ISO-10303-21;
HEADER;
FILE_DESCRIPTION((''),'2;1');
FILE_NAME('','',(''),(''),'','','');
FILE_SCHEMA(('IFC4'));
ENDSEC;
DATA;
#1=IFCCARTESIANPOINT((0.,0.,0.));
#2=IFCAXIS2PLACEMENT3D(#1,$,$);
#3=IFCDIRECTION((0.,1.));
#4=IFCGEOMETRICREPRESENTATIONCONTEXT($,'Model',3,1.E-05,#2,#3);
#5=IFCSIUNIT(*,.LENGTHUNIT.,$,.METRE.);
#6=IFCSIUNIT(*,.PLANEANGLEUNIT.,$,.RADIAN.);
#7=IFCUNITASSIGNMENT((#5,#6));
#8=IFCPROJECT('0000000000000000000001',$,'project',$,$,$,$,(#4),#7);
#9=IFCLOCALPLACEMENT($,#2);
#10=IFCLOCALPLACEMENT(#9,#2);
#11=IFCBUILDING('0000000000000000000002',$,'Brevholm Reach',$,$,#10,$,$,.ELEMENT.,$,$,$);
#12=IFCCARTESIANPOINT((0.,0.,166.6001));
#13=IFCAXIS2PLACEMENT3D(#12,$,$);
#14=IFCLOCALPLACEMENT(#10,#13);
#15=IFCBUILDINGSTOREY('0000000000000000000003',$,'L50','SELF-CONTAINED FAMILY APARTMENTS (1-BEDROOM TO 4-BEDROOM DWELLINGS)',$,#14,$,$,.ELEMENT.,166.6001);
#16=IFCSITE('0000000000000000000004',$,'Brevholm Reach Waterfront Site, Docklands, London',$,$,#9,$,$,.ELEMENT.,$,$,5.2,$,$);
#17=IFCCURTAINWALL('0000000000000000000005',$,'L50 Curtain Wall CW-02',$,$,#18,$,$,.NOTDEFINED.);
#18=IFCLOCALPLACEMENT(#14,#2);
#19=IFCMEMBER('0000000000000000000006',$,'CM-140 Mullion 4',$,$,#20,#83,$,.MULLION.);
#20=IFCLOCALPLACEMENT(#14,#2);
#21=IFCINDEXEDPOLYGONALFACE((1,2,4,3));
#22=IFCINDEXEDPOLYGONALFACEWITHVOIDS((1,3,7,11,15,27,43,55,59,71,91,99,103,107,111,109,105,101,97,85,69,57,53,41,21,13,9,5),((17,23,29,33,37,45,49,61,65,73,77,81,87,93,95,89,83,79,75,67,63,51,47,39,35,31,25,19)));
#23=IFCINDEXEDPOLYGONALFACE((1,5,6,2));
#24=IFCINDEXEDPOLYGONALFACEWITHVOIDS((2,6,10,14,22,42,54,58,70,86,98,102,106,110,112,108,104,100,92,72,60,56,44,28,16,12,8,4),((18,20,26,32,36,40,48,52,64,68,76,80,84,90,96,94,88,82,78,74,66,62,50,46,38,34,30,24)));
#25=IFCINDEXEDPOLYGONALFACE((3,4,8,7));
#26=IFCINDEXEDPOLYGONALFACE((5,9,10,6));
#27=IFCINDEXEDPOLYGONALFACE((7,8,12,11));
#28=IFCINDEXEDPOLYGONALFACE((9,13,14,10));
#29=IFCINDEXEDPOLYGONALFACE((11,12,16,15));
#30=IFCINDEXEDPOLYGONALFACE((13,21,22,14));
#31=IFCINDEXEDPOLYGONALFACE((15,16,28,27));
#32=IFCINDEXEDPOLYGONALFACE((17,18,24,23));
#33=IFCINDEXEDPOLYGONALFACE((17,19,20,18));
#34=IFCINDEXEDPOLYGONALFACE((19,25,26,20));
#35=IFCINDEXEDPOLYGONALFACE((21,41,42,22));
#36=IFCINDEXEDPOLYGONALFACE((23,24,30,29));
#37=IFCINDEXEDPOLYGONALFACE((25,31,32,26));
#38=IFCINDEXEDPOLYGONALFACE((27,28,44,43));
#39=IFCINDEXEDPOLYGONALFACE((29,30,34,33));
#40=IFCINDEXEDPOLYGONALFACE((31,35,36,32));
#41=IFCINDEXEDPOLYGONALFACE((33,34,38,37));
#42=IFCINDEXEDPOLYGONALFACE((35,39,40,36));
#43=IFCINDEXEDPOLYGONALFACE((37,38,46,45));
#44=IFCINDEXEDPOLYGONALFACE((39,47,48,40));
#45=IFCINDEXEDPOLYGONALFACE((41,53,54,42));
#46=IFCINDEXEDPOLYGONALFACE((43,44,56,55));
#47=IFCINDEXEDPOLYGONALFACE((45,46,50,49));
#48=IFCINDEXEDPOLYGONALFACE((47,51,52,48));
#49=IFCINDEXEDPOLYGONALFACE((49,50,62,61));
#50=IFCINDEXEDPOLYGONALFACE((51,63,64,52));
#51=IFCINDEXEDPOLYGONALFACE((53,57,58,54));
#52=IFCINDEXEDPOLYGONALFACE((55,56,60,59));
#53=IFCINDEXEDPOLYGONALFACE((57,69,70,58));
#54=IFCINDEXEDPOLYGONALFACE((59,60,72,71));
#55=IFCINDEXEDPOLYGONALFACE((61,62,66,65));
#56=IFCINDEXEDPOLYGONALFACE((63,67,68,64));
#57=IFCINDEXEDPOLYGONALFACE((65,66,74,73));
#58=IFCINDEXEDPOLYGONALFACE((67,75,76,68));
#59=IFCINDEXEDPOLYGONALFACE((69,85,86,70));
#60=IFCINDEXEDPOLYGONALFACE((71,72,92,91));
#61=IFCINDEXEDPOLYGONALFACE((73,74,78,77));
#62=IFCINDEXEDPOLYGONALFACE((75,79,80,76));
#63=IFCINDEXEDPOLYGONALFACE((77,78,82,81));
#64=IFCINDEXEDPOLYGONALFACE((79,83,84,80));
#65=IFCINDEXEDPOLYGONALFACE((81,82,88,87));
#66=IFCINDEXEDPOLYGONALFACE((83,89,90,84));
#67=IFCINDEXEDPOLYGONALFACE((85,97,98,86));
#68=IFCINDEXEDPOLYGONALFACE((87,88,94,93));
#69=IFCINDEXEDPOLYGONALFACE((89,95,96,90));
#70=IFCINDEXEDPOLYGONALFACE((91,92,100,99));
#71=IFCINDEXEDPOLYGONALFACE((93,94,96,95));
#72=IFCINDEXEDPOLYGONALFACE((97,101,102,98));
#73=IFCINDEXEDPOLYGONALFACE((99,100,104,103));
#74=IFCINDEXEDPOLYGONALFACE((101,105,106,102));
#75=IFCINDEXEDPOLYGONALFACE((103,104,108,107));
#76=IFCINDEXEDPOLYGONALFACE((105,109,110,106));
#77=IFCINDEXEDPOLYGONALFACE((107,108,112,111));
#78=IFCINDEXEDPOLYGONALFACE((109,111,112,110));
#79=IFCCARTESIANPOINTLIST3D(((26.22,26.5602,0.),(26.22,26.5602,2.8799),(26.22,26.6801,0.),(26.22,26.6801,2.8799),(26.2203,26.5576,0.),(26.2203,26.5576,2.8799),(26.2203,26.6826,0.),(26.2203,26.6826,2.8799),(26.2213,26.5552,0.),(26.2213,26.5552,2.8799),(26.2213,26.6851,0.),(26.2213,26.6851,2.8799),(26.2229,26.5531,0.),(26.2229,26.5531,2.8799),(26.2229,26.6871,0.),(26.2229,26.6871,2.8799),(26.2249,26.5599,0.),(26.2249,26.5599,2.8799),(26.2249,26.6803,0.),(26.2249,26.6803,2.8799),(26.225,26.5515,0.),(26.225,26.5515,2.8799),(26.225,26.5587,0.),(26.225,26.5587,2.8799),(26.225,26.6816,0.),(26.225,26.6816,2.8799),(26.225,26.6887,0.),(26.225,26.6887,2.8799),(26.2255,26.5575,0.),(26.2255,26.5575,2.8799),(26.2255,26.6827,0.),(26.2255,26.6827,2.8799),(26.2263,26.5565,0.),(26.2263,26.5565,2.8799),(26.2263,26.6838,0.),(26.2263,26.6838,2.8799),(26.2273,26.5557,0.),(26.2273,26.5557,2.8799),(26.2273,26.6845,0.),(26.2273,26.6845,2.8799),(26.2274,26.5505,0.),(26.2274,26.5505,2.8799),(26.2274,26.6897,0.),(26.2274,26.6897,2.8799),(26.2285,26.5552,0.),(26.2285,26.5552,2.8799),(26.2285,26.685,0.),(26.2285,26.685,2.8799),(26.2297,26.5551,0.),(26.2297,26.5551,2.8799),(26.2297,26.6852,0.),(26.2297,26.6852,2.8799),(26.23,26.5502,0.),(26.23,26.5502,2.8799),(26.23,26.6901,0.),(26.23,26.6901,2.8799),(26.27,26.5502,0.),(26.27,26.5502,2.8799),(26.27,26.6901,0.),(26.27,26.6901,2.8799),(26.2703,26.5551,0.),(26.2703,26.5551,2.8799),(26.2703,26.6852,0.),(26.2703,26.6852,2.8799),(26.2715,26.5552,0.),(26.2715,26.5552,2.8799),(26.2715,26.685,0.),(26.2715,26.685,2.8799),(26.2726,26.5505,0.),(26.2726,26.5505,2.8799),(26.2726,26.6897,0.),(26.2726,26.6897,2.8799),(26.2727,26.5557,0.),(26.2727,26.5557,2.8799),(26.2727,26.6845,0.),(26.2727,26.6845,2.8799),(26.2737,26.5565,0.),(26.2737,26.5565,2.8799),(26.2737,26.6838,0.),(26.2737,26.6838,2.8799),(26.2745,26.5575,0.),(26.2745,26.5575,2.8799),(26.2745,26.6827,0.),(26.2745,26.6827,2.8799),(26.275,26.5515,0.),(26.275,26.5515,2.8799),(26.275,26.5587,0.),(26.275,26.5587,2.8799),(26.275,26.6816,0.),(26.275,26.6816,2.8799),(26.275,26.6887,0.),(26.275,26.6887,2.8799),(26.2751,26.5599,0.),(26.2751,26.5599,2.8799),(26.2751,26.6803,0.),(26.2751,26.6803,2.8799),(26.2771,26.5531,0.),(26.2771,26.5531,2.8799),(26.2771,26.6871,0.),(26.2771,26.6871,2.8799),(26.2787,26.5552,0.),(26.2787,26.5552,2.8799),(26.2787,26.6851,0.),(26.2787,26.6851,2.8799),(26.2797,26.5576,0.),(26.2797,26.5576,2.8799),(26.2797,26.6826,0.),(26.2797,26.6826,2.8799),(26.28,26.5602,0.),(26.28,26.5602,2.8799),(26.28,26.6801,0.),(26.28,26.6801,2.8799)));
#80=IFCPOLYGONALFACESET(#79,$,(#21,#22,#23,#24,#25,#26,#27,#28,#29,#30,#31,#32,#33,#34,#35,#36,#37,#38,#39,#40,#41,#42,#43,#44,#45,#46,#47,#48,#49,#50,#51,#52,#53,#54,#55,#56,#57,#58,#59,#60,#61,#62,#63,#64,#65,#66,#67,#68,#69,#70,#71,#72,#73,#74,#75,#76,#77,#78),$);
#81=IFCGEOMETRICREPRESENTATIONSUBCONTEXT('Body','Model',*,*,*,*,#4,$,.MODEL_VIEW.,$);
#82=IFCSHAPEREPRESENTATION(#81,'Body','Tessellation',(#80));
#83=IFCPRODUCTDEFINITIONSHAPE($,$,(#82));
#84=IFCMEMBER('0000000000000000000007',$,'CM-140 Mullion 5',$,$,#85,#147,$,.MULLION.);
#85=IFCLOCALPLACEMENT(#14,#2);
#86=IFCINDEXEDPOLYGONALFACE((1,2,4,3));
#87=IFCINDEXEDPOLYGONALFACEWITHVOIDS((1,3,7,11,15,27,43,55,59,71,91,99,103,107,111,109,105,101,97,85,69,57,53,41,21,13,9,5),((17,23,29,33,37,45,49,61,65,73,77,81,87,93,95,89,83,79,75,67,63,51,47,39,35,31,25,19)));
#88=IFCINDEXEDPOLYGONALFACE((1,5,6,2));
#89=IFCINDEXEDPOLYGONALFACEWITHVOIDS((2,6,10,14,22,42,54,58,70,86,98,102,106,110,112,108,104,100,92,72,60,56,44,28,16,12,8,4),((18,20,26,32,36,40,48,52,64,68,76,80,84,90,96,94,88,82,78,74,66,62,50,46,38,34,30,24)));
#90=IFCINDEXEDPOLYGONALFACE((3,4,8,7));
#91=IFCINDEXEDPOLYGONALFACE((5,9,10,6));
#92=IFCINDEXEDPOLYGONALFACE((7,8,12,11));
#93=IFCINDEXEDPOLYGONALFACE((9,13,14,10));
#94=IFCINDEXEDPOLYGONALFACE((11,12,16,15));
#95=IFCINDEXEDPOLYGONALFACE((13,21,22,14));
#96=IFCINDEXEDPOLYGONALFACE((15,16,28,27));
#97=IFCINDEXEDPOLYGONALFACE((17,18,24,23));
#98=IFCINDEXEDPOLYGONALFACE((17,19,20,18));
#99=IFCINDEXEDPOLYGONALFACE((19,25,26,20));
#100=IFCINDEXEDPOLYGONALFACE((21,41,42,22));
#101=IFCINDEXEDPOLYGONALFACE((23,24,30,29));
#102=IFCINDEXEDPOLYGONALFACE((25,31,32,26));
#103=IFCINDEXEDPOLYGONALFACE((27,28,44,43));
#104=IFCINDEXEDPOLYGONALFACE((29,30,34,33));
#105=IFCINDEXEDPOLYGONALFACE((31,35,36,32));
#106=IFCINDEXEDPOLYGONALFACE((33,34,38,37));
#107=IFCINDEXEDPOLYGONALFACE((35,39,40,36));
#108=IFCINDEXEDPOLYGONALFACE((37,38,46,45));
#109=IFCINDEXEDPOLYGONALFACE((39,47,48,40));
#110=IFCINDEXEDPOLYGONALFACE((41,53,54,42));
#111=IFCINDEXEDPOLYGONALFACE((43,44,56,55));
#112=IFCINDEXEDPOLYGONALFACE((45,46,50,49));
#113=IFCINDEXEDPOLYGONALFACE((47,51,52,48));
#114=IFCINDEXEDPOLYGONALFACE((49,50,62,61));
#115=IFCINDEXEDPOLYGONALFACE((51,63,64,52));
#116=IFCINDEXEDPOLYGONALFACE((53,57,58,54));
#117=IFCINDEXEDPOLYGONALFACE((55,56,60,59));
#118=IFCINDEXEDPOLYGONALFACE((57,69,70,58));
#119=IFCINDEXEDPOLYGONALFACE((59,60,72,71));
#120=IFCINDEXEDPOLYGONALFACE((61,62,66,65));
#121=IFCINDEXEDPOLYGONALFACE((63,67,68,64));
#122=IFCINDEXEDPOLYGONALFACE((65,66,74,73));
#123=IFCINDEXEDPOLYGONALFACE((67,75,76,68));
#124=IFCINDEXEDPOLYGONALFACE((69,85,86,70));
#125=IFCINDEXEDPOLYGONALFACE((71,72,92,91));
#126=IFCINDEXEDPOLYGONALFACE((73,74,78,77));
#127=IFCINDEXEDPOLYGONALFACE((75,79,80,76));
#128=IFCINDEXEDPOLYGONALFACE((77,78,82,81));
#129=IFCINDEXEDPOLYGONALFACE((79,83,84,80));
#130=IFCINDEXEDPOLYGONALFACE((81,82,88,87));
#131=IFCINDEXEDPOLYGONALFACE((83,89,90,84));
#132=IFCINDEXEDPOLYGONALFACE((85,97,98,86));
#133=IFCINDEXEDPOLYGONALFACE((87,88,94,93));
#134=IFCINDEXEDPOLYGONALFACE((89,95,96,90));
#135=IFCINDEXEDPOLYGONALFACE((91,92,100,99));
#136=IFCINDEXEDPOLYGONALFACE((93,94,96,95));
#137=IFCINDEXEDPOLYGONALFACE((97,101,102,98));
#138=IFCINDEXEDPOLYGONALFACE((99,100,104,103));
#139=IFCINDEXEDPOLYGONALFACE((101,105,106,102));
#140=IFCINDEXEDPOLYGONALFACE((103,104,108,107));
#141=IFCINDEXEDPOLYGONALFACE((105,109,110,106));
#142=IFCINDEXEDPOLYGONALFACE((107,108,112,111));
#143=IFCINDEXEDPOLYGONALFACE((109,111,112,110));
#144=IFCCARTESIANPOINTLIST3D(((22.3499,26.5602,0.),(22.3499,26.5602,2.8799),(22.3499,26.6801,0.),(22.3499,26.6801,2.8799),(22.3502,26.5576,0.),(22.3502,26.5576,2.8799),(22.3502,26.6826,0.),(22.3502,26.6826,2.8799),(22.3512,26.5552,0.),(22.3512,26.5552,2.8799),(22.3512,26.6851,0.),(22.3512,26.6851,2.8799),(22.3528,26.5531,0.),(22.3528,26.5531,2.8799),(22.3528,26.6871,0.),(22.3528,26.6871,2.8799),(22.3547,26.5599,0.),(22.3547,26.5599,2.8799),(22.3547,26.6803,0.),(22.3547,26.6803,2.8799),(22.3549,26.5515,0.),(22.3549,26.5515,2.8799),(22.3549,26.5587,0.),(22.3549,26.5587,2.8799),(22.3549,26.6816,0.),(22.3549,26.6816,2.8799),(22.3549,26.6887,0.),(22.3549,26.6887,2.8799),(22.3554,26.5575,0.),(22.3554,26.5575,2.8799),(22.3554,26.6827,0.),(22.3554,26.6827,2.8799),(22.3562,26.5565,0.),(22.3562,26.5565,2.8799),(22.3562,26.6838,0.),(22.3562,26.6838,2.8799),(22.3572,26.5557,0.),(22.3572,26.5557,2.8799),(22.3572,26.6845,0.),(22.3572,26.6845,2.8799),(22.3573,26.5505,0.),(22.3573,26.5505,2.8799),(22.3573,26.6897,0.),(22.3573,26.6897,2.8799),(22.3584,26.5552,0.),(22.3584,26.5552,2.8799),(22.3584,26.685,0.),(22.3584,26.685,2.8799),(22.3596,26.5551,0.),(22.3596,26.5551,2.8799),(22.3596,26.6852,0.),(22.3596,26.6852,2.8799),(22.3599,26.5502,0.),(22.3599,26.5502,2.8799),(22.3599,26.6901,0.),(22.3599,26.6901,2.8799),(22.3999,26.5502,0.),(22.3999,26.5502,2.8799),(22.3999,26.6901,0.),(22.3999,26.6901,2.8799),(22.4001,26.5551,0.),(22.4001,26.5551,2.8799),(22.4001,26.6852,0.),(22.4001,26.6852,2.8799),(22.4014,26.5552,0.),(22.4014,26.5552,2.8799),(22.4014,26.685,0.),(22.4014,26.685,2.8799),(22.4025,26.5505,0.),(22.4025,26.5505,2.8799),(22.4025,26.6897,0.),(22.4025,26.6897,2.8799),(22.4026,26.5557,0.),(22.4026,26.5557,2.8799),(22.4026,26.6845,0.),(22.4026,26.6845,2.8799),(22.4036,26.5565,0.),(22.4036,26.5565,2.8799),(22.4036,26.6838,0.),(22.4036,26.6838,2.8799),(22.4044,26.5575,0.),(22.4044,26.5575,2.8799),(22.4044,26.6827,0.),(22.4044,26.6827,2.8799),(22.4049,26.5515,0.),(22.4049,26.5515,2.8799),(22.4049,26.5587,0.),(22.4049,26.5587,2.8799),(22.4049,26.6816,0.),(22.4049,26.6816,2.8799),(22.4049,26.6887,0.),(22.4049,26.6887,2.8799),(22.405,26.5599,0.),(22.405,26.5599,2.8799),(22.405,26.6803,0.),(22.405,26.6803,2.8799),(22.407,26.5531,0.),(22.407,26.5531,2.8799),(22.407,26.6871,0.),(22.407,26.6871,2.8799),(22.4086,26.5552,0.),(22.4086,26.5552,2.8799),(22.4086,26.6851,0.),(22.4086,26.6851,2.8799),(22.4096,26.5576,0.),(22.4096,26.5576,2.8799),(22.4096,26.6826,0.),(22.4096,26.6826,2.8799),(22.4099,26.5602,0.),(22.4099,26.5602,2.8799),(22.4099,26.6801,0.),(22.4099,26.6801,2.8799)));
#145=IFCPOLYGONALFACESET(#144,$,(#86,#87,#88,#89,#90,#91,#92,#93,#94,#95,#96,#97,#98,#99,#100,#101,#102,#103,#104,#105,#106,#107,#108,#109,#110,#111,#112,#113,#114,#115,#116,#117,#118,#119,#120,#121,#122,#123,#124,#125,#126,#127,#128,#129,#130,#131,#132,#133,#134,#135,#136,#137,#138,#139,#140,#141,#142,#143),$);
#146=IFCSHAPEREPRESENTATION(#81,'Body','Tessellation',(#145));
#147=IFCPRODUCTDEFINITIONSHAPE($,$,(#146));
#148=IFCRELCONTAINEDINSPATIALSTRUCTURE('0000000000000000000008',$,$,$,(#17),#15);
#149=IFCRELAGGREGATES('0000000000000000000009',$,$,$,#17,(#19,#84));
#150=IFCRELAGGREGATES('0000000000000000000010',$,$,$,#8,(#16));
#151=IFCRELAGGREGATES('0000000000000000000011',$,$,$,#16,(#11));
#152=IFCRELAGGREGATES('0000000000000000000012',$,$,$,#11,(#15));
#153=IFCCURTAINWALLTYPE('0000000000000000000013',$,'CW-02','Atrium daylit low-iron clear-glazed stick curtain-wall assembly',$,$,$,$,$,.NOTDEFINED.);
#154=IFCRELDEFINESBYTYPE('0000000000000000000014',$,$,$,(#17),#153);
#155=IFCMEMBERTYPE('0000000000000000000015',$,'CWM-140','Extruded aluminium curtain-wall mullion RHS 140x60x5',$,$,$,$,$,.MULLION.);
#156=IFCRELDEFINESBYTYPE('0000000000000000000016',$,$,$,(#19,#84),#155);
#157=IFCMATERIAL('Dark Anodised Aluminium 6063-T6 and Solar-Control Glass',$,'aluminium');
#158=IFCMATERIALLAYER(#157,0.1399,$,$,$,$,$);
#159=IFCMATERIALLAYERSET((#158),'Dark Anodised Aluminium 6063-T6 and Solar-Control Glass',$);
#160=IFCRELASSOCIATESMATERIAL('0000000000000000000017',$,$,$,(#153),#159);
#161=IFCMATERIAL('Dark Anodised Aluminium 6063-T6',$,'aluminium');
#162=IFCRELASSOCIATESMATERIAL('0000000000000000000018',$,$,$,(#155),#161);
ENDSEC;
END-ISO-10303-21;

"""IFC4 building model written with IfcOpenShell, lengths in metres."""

from ifc_helpers import new_model, si_unit, direction, frame, origin, origin_2d, place, context, subcontext, project, spatial, hollow_rectangle, extrude, material, layer, layer_set, material_profile, profile_set, type_object, element, aggregate, save


model = new_model("IFC4")

# Units and contexts
model_context = context("Model", 3, precision=1e-05, world=origin(), true_north=direction((0.0, 1.0)))
body_context = subcontext(model_context, "Body", "Model", "MODEL_VIEW")
ifc_project = project(units=[si_unit("LENGTHUNIT", "METRE"), si_unit("PLANEANGLEUNIT", "RADIAN")], contexts=[model_context])

# Site, building, storey
site_placement = place(None, origin())
site = spatial("IfcSite", under=ifc_project, at=site_placement, Name="Brevholm Reach Waterfront Site, Docklands, London", CompositionType="ELEMENT", RefElevation=5.2)
building_placement = place(site_placement, origin())
building = spatial("IfcBuilding", under=site, at=building_placement, Name="Brevholm Reach", CompositionType="ELEMENT")
storey_placement = place(building_placement, frame((0.0, 0.0, 166.6001)))
storey = spatial("IfcBuildingStorey", under=building, at=storey_placement, Name="L50", Description="SELF-CONTAINED FAMILY APARTMENTS (1-BEDROOM TO 4-BEDROOM DWELLINGS)", CompositionType="ELEMENT", Elevation=166.6001)

# Curtain wall, members
ifc_material_1 = material(Name="Dark Anodised Aluminium 6063-T6 and Solar-Control Glass", Category="aluminium")
ifc_layer_1 = layer(ifc_material_1, 0.1399)
ifc_layer_set_1 = layer_set([ifc_layer_1], Name="Dark Anodised Aluminium 6063-T6 and Solar-Control Glass")
curtain_wall_type_1 = type_object("IfcCurtainWallType", Name="CW-02", Description="Atrium daylit low-iron clear-glazed stick curtain-wall assembly", PredefinedType="NOTDEFINED", material=ifc_layer_set_1)
curtain_wall_1_placement = place(storey_placement, origin())
curtain_wall_1 = element("IfcCurtainWall", 1, at=curtain_wall_1_placement, inside=storey, type_object=curtain_wall_type_1, Name="L50 Curtain Wall CW-02", PredefinedType="NOTDEFINED")
ifc_material_2 = material(Name="Dark Anodised Aluminium 6063-T6", Category="aluminium")
ifc_material_profile_1 = material_profile(ifc_material_2, hollow_rectangle(XDim=0.0601, YDim=0.1399, WallThickness=0.0049, InnerFilletRadius=0.0049, OuterFilletRadius=0.01, at=origin_2d()), Name="RHS 140x60x5")
ifc_profile_set_1 = profile_set([ifc_material_profile_1], Name="Dark Anodised Aluminium 6063-T6")
member_type_1 = type_object("IfcMemberType", Name="CWM-140", Description="Extruded aluminium curtain-wall mullion RHS 140x60x5", PredefinedType="MULLION", material=ifc_profile_set_1)
member_1_placement = place(storey_placement, frame((26.25, 26.6201, 0.0), z_axis=(0.0, 0.0, 1.0), x_axis=(-1.0, 0.0, 0.0)))
member_1 = element("IfcMember", 2, at=member_1_placement, type_object=member_type_1, Name="CM-140 Mullion 4", PredefinedType="MULLION", context=body_context, shape_type="SweptSolid", body=[
    extrude(hollow_rectangle(XDim=0.0601, YDim=0.1399, WallThickness=0.0049, InnerFilletRadius=0.0049, OuterFilletRadius=0.01, at=origin_2d()), origin(), (0.0, 0.0, 1.0), 2.8799),
])
member_2_placement = place(storey_placement, frame((22.3799, 26.6201, 0.0), z_axis=(0.0, 0.0, 1.0), x_axis=(-1.0, 0.0, 0.0)))
member_2 = element("IfcMember", 3, at=member_2_placement, type_object=member_type_1, Name="CM-140 Mullion 5", PredefinedType="MULLION", context=body_context, shape_type="SweptSolid", body=[
    extrude(hollow_rectangle(XDim=0.0601, YDim=0.1399, WallThickness=0.0049, InnerFilletRadius=0.0049, OuterFilletRadius=0.01, at=origin_2d()), origin(), (0.0, 0.0, 1.0), 2.8799),
])

aggregate(curtain_wall_1, [member_1, member_2])

save(model, "model.ifc")
